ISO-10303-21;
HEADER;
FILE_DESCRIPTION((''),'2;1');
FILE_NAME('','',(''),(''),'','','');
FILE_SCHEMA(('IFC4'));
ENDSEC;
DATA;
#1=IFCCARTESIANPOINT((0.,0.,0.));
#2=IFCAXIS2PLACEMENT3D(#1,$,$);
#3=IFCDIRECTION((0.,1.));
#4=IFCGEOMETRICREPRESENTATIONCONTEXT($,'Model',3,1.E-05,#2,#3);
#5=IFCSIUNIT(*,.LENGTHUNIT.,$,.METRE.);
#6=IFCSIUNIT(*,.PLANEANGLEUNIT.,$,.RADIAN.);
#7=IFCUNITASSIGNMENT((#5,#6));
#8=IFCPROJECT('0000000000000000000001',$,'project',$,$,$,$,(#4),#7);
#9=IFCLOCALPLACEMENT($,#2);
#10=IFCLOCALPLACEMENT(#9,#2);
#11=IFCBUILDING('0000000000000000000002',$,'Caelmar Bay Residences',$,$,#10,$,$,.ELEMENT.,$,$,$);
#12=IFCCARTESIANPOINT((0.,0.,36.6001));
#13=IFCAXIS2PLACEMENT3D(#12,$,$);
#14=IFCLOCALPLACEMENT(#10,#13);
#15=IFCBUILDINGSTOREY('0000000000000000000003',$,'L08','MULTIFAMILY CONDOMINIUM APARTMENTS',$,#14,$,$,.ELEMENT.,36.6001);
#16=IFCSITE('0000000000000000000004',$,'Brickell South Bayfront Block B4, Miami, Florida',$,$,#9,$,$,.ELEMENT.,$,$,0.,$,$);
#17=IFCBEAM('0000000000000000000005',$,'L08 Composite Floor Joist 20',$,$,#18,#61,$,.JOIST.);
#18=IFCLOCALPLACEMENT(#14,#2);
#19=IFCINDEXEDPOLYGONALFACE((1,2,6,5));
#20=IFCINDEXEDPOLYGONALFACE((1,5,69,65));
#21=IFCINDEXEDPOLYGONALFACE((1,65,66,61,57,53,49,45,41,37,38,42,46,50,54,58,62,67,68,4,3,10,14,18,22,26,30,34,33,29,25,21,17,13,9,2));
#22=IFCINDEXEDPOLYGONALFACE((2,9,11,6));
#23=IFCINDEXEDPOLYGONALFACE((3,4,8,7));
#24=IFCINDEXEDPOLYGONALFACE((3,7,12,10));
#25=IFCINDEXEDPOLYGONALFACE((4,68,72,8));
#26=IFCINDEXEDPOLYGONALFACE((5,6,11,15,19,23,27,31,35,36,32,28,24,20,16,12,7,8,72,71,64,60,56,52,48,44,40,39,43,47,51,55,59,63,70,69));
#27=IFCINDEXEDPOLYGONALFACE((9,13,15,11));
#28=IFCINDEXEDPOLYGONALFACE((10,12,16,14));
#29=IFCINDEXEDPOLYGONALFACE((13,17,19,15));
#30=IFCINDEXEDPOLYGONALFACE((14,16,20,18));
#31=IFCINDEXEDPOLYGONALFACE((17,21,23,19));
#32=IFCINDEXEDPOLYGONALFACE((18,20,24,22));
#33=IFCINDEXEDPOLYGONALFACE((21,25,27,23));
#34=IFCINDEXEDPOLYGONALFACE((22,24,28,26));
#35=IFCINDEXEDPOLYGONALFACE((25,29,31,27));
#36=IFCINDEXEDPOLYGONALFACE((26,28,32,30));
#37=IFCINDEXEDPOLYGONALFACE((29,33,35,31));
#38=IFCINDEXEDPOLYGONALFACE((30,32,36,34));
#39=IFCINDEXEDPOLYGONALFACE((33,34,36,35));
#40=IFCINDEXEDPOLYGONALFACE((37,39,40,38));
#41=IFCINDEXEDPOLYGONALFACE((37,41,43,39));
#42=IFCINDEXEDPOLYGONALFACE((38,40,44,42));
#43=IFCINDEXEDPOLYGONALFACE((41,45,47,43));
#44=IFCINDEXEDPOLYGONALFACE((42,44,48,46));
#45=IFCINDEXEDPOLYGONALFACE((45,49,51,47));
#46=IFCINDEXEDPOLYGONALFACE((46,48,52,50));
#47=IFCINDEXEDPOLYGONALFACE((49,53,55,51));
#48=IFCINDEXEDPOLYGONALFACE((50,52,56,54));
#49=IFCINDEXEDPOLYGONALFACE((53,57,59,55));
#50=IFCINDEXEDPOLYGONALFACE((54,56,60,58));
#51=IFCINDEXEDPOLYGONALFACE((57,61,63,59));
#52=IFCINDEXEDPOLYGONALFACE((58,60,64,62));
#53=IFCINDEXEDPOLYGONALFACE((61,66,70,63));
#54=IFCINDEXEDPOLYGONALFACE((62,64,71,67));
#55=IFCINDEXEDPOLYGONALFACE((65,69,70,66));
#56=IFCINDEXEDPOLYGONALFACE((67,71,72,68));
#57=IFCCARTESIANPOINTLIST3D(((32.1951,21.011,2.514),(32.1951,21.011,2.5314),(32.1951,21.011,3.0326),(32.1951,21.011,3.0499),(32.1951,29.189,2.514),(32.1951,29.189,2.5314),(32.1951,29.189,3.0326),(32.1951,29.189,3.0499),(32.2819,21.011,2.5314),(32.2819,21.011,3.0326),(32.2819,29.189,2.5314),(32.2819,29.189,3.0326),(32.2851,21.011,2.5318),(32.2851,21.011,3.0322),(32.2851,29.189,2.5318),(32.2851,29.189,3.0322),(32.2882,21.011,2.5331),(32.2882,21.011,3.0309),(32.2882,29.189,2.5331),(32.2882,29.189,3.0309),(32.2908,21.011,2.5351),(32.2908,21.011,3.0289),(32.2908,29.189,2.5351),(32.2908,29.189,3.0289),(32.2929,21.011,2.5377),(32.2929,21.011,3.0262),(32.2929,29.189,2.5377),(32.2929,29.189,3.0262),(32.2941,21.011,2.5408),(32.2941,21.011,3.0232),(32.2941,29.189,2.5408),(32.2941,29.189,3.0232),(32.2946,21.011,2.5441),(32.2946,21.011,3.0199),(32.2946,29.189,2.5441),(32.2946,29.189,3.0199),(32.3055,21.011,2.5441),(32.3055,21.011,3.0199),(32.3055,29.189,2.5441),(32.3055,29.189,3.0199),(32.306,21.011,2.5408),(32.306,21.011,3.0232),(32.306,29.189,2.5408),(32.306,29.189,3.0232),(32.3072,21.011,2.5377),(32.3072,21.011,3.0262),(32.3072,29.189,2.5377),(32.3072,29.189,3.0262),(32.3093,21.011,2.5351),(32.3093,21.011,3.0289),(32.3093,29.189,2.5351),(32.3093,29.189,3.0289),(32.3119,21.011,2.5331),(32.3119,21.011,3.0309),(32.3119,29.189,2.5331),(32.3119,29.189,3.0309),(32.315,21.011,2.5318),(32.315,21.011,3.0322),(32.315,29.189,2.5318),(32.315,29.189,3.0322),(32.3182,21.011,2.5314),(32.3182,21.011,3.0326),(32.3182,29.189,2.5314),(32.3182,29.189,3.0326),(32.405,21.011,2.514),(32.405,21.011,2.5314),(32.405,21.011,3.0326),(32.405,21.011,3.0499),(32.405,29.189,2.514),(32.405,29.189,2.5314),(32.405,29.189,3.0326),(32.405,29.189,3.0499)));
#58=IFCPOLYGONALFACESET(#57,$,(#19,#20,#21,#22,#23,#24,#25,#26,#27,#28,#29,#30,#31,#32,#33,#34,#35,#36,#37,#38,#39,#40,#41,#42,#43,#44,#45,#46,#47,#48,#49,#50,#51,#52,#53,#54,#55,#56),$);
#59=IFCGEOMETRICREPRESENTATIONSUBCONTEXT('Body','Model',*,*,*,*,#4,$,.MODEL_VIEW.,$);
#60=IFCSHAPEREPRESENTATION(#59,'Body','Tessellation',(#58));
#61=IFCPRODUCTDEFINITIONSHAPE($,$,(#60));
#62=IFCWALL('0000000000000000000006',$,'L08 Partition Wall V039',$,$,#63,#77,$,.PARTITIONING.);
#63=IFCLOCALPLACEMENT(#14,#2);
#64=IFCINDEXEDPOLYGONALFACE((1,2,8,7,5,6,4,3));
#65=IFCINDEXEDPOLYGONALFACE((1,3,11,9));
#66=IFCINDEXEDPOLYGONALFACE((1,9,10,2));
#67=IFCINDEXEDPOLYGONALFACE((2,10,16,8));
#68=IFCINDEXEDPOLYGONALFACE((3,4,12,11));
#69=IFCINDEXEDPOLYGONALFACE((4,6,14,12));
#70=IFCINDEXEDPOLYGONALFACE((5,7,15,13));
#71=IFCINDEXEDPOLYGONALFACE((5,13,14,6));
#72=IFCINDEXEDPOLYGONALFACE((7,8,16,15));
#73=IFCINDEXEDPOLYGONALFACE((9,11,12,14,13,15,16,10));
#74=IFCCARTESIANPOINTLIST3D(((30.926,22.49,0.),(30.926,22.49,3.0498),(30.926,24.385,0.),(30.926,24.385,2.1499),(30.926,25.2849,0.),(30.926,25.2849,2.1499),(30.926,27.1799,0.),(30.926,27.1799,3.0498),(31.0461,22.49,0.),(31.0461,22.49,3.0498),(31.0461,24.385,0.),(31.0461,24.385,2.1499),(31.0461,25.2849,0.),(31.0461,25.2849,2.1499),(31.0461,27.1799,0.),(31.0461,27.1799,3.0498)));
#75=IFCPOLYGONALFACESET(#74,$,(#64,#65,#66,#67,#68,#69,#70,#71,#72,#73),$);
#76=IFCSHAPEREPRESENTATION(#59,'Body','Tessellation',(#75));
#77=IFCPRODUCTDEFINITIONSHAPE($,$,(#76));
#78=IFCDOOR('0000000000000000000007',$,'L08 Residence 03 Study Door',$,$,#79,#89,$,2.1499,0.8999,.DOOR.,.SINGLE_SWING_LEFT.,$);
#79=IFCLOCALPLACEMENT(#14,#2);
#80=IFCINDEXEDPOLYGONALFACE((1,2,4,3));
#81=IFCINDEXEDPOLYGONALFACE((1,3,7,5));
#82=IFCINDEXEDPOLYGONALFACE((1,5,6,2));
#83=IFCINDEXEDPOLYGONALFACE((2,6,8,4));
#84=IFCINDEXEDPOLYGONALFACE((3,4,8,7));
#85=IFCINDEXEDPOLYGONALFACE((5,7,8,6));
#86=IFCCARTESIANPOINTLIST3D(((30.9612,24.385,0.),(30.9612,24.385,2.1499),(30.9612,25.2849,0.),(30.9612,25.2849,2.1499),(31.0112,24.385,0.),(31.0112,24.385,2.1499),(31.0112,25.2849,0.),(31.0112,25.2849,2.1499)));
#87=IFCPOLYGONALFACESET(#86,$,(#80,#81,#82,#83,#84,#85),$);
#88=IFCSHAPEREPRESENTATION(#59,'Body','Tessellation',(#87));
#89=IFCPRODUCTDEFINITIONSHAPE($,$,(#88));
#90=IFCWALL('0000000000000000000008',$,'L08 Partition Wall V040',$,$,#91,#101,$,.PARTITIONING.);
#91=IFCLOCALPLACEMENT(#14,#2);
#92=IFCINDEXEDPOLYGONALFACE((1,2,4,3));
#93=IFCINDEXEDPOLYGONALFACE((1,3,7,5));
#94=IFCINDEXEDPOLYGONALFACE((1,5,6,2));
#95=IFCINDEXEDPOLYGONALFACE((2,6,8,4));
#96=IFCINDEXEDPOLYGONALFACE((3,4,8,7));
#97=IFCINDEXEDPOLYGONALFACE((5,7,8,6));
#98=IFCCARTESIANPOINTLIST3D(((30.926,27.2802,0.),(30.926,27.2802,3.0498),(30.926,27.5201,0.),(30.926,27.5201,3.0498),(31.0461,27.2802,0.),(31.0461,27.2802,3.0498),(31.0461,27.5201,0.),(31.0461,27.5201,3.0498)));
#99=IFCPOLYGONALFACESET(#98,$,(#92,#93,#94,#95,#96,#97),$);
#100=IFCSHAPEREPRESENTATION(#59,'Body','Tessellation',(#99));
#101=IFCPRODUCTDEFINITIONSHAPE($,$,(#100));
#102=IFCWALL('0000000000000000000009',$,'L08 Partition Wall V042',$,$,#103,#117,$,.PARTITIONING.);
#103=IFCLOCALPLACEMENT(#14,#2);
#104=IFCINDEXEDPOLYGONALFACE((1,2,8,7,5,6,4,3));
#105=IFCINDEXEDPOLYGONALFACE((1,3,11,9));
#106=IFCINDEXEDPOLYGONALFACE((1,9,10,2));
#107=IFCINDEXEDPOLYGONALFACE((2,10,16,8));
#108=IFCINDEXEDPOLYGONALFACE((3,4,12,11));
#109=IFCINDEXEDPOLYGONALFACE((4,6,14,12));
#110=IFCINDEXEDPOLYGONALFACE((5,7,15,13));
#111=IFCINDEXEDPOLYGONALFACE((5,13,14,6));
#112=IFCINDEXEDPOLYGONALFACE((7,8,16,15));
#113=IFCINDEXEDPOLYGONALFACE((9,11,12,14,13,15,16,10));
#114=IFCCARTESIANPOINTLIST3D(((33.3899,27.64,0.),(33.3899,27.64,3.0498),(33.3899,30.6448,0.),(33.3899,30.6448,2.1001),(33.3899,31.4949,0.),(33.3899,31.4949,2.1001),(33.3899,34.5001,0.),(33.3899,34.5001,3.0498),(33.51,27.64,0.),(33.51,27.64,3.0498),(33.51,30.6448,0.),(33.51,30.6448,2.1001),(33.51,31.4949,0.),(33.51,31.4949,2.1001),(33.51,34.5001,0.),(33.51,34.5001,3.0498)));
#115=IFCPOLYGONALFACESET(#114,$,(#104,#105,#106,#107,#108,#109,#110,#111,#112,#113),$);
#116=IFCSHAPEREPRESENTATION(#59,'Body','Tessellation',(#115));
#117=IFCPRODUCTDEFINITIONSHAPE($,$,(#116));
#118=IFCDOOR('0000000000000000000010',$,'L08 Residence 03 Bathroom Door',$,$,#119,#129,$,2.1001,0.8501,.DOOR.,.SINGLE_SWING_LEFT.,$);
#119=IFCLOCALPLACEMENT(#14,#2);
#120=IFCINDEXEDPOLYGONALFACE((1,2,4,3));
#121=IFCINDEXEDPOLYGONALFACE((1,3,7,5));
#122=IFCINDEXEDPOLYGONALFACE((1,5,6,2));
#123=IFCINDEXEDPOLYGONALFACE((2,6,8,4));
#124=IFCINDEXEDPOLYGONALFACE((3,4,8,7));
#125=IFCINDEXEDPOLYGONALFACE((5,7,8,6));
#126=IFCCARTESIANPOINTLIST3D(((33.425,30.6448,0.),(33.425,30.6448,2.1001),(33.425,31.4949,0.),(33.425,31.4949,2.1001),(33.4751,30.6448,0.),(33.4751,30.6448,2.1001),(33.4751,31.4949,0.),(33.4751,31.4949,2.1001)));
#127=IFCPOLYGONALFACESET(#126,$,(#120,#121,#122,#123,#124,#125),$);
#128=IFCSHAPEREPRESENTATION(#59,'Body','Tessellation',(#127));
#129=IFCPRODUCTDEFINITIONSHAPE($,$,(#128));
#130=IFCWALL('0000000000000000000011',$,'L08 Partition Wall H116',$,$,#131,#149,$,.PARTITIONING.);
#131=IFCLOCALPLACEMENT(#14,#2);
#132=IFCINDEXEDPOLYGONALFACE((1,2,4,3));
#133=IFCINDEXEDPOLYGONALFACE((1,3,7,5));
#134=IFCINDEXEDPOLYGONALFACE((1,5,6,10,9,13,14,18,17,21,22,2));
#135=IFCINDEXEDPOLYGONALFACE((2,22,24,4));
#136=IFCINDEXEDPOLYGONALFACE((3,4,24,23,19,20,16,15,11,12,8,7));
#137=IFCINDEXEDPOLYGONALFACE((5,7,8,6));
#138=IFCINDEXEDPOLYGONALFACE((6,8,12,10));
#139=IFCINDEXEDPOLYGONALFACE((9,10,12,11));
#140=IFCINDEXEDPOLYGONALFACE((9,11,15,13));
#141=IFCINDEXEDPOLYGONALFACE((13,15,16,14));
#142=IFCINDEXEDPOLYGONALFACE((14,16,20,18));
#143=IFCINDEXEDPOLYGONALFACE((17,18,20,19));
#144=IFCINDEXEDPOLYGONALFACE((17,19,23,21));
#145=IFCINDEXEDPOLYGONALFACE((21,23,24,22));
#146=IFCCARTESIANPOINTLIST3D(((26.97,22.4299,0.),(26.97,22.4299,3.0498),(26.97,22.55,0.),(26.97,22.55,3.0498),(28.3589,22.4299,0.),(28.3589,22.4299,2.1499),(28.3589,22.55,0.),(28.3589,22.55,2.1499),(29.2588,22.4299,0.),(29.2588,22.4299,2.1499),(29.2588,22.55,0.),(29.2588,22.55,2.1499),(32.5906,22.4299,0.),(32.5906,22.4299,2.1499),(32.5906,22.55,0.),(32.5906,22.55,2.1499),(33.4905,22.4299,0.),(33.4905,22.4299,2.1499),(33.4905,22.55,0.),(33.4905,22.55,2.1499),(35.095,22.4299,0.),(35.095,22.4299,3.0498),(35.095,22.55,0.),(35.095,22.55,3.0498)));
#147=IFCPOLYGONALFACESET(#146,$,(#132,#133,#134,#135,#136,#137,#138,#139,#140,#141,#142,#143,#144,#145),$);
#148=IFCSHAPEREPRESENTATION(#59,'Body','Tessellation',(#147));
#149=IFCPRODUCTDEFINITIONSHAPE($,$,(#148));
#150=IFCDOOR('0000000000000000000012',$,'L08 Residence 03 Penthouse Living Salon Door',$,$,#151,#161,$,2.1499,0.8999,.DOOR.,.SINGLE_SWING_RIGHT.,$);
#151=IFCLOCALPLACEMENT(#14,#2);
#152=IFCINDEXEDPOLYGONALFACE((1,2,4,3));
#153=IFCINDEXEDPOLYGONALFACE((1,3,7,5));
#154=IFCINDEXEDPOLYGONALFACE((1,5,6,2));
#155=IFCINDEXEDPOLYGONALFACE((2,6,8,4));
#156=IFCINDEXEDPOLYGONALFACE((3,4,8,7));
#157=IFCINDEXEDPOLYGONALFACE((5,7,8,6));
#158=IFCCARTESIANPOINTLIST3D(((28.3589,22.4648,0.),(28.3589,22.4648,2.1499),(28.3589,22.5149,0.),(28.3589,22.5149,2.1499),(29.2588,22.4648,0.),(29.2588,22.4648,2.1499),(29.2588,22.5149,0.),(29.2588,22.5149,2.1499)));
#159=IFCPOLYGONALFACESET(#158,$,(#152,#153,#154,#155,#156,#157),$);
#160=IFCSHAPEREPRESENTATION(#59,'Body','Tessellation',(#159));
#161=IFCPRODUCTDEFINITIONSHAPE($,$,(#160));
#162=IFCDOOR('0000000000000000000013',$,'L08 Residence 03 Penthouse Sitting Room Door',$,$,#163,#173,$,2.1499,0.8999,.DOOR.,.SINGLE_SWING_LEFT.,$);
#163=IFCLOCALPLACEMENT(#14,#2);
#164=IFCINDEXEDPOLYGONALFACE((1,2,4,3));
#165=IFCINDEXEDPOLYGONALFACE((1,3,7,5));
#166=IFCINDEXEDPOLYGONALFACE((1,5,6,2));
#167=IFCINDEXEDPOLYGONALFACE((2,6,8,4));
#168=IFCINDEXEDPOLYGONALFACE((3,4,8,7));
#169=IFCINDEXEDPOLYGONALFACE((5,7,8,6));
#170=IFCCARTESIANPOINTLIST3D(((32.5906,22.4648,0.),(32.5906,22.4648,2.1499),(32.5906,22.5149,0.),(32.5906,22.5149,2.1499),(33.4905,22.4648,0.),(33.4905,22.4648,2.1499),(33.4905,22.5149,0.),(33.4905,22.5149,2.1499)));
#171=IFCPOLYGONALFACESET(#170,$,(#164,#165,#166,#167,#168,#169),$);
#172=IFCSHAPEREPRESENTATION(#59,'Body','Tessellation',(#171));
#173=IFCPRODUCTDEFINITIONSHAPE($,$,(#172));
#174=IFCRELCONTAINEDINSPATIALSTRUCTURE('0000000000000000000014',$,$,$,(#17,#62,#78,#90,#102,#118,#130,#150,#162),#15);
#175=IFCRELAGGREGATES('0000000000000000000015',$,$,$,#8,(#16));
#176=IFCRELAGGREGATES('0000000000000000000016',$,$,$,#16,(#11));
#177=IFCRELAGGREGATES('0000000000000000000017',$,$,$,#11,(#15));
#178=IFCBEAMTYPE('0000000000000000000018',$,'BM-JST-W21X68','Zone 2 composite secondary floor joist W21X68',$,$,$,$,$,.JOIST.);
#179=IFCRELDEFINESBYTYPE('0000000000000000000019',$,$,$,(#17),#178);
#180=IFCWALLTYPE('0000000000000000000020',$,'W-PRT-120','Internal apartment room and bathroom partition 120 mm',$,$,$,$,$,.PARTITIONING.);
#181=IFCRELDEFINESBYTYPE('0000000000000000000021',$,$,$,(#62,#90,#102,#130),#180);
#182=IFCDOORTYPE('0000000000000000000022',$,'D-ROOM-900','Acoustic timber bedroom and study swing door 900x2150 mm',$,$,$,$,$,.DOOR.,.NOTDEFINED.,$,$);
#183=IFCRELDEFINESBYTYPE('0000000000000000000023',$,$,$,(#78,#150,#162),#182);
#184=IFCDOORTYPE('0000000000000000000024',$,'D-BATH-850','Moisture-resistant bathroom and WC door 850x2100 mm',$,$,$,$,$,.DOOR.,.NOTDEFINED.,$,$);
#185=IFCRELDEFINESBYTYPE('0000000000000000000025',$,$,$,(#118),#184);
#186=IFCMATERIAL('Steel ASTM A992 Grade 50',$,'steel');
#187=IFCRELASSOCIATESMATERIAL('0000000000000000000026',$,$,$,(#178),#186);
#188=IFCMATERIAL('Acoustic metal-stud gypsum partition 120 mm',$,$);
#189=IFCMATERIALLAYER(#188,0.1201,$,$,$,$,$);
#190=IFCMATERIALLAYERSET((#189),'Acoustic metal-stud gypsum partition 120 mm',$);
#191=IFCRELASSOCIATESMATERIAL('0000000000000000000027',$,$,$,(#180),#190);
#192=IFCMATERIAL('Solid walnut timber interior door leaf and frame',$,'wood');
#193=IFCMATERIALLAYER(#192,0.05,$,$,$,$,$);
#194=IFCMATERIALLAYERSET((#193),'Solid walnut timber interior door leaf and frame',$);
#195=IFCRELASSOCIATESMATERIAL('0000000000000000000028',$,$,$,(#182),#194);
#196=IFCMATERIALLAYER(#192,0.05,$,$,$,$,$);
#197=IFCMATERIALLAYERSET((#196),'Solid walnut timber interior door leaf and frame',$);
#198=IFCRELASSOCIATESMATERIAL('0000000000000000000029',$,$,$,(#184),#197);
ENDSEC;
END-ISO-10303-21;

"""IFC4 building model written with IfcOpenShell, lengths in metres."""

from ifc_helpers import new_model, si_unit, direction, frame, frame_2d, origin, origin_2d, place, context, subcontext, project, spatial, rectangle, i_section, extrude, material, layer, layer_set, material_profile, profile_set, type_object, element, fill, save


model = new_model("IFC4")

# Units and contexts
model_context = context("Model", 3, precision=1e-05, world=origin(), true_north=direction((0.0, 1.0)))
body_context = subcontext(model_context, "Body", "Model", "MODEL_VIEW")
ifc_project = project(units=[si_unit("LENGTHUNIT", "METRE"), si_unit("PLANEANGLEUNIT", "RADIAN")], contexts=[model_context])

# Site, building, storey
site_placement = place(None, origin())
site = spatial("IfcSite", under=ifc_project, at=site_placement, Name="Brickell South Bayfront Block B4, Miami, Florida", CompositionType="ELEMENT", RefElevation=0.0)
building_placement = place(site_placement, origin())
building = spatial("IfcBuilding", under=site, at=building_placement, Name="Caelmar Bay Residences", CompositionType="ELEMENT")
storey_placement = place(building_placement, frame((0.0, 0.0, 36.6001)))
storey = spatial("IfcBuildingStorey", under=building, at=storey_placement, Name="L08", Description="MULTIFAMILY CONDOMINIUM APARTMENTS", CompositionType="ELEMENT", Elevation=36.6001)

# Beam
ifc_material_1 = material(Name="Steel ASTM A992 Grade 50", Category="steel")
ifc_material_profile_1 = material_profile(ifc_material_1, i_section(OverallWidth=0.21, OverallDepth=0.5359, WebThickness=0.011, FlangeThickness=0.0173, FilletRadius=0.0127, at=origin_2d()), Name="W21X68")
ifc_profile_set_1 = profile_set([ifc_material_profile_1], Name="Steel ASTM A992 Grade 50")
beam_type_1 = type_object("IfcBeamType", Name="BM-JST-W21X68", Description="Zone 2 composite secondary floor joist W21X68", PredefinedType="JOIST", material=ifc_profile_set_1)
beam_1_placement = place(storey_placement, frame((32.3, 21.011, 2.782), z_axis=(0.0, 1.0, 0.0), x_axis=(-1.0, 0.0, 0.0)))
element("IfcBeam", 1, at=beam_1_placement, inside=storey, type_object=beam_type_1, Name="L08 Composite Floor Joist 20", PredefinedType="JOIST", context=body_context, shape_type="SweptSolid", body=[
    extrude(i_section(OverallWidth=0.21, OverallDepth=0.5359, WebThickness=0.011, FlangeThickness=0.0173, FilletRadius=0.0127, at=origin_2d()), origin(), (0.0, 0.0, 1.0), 8.178),
])

# Wall, opening, door
ifc_material_2 = material(Name="Acoustic metal-stud gypsum partition 120 mm")
ifc_layer_1 = layer(ifc_material_2, 0.1201)
ifc_layer_set_1 = layer_set([ifc_layer_1], Name="Acoustic metal-stud gypsum partition 120 mm")
wall_type_1 = type_object("IfcWallType", Name="W-PRT-120", Description="Internal apartment room and bathroom partition 120 mm", PredefinedType="PARTITIONING", material=ifc_layer_set_1)
wall_1_placement = place(storey_placement, frame((30.9861, 22.49, 0.0), z_axis=(0.0, 0.0, 1.0), x_axis=(0.0, 1.0, 0.0)))
wall_1 = element("IfcWall", 2, at=wall_1_placement, inside=storey, type_object=wall_type_1, Name="L08 Partition Wall V039", PredefinedType="PARTITIONING", context=body_context, shape_type="SweptSolid", body=[
    extrude(rectangle(XDim=4.6899, YDim=0.1201, at=frame_2d((2.345, 0.0))), origin(), (0.0, 0.0, 1.0), 3.0498),
])
opening_1_placement = place(wall_1_placement, frame((1.895, 0.0, 0.0)))
opening_1 = element("IfcOpeningElement", 3, at=opening_1_placement, cuts=wall_1, PredefinedType="OPENING", context=body_context, shape_type="SweptSolid", body=[
    extrude(rectangle(XDim=0.8999, YDim=2.1499, at=frame_2d((0.45, 1.075))), frame((0.0, 0.0701, 0.0), z_axis=(0.0, -1.0, 0.0), x_axis=(1.0, 0.0, 0.0)), (0.0, 0.0, 1.0), 0.1401),
])
ifc_material_3 = material(Name="Solid walnut timber interior door leaf and frame", Category="wood")
ifc_layer_2 = layer(ifc_material_3, 0.05)
ifc_layer_set_2 = layer_set([ifc_layer_2], Name="Solid walnut timber interior door leaf and frame")
door_type_1 = type_object("IfcDoorType", Name="D-ROOM-900", Description="Acoustic timber bedroom and study swing door 900x2150 mm", OperationType="NOTDEFINED", PredefinedType="DOOR", material=ifc_layer_set_2)
door_1_placement = place(opening_1_placement, origin())
door_1 = element("IfcDoor", 4, at=door_1_placement, inside=storey, type_object=door_type_1, Name="L08 Residence 03 Study Door", OperationType="SINGLE_SWING_LEFT", OverallHeight=2.1499, OverallWidth=0.8999, PredefinedType="DOOR", context=body_context, shape_type="SweptSolid", body=[
    extrude(rectangle(XDim=0.8999, YDim=2.1499, at=frame_2d((0.45, 1.075))), frame((0.0, 0.0249, 0.0), z_axis=(0.0, -1.0, 0.0), x_axis=(1.0, 0.0, 0.0)), (0.0, 0.0, 1.0), 0.05),
])
fill(opening_1, door_1)

# Wall
wall_2_placement = place(storey_placement, frame((30.9861, 27.28, 0.0), z_axis=(0.0, 0.0, 1.0), x_axis=(0.0, 1.0, 0.0)))
element("IfcWall", 5, at=wall_2_placement, inside=storey, type_object=wall_type_1, Name="L08 Partition Wall V040", PredefinedType="PARTITIONING", context=body_context, shape_type="SweptSolid", body=[
    extrude(rectangle(XDim=0.24, YDim=0.1201, at=frame_2d((0.1201, 0.0))), origin(), (0.0, 0.0, 1.0), 3.0498),
])

# Wall, opening, door
wall_3_placement = place(storey_placement, frame((33.45, 27.6399, 0.0), z_axis=(0.0, 0.0, 1.0), x_axis=(0.0, 1.0, 0.0)))
wall_3 = element("IfcWall", 6, at=wall_3_placement, inside=storey, type_object=wall_type_1, Name="L08 Partition Wall V042", PredefinedType="PARTITIONING", context=body_context, shape_type="SweptSolid", body=[
    extrude(rectangle(XDim=6.8601, YDim=0.1201, at=frame_2d((3.4302, 0.0))), origin(), (0.0, 0.0, 1.0), 3.0498),
])
opening_2_placement = place(wall_3_placement, frame((3.0049, 0.0, 0.0)))
opening_2 = element("IfcOpeningElement", 7, at=opening_2_placement, cuts=wall_3, PredefinedType="OPENING", context=body_context, shape_type="SweptSolid", body=[
    extrude(rectangle(XDim=0.8501, YDim=2.1001, at=frame_2d((0.425, 1.05))), frame((0.0, 0.0701, 0.0), z_axis=(0.0, -1.0, 0.0), x_axis=(1.0, 0.0, 0.0)), (0.0, 0.0, 1.0), 0.1401),
])
ifc_layer_3 = layer(ifc_material_3, 0.05)
ifc_layer_set_3 = layer_set([ifc_layer_3], Name="Solid walnut timber interior door leaf and frame")
door_type_2 = type_object("IfcDoorType", Name="D-BATH-850", Description="Moisture-resistant bathroom and WC door 850x2100 mm", OperationType="NOTDEFINED", PredefinedType="DOOR", material=ifc_layer_set_3)
door_2_placement = place(opening_2_placement, origin())
door_2 = element("IfcDoor", 8, at=door_2_placement, inside=storey, type_object=door_type_2, Name="L08 Residence 03 Bathroom Door", OperationType="SINGLE_SWING_LEFT", OverallHeight=2.1001, OverallWidth=0.8501, PredefinedType="DOOR", context=body_context, shape_type="SweptSolid", body=[
    extrude(rectangle(XDim=0.8501, YDim=2.1001, at=frame_2d((0.425, 1.05))), frame((0.0, 0.0249, 0.0), z_axis=(0.0, -1.0, 0.0), x_axis=(1.0, 0.0, 0.0)), (0.0, 0.0, 1.0), 0.05),
])
fill(opening_2, door_2)

# Wall, openings, doors
wall_4_placement = place(storey_placement, frame((26.97, 22.49, 0.0), z_axis=(0.0, 0.0, 1.0), x_axis=(1.0, 0.0, 0.0)))
wall_4 = element("IfcWall", 9, at=wall_4_placement, inside=storey, type_object=wall_type_1, Name="L08 Partition Wall H116", PredefinedType="PARTITIONING", context=body_context, shape_type="SweptSolid", body=[
    extrude(rectangle(XDim=8.125, YDim=0.1201, at=frame_2d((4.0625, 0.0))), origin(), (0.0, 0.0, 1.0), 3.0498),
])
opening_3_placement = place(wall_4_placement, frame((1.3889, 0.0, 0.0)))
opening_3 = element("IfcOpeningElement", 10, at=opening_3_placement, cuts=wall_4, PredefinedType="OPENING", context=body_context, shape_type="SweptSolid", body=[
    extrude(rectangle(XDim=0.8999, YDim=2.1499, at=frame_2d((0.45, 1.075))), frame((0.0, 0.0701, 0.0), z_axis=(0.0, -1.0, 0.0), x_axis=(1.0, 0.0, 0.0)), (0.0, 0.0, 1.0), 0.1401),
])
opening_4_placement = place(wall_4_placement, frame((5.6206, 0.0, 0.0)))
opening_4 = element("IfcOpeningElement", 11, at=opening_4_placement, cuts=wall_4, PredefinedType="OPENING", context=body_context, shape_type="SweptSolid", body=[
    extrude(rectangle(XDim=0.8999, YDim=2.1499, at=frame_2d((0.45, 1.075))), frame((0.0, 0.0701, 0.0), z_axis=(0.0, -1.0, 0.0), x_axis=(1.0, 0.0, 0.0)), (0.0, 0.0, 1.0), 0.1401),
])
door_3_placement = place(opening_3_placement, origin())
door_3 = element("IfcDoor", 12, at=door_3_placement, inside=storey, type_object=door_type_1, Name="L08 Residence 03 Penthouse Living Salon Door", OperationType="SINGLE_SWING_RIGHT", OverallHeight=2.1499, OverallWidth=0.8999, PredefinedType="DOOR", context=body_context, shape_type="SweptSolid", body=[
    extrude(rectangle(XDim=0.8999, YDim=2.1499, at=frame_2d((0.45, 1.075))), frame((0.0, 0.0249, 0.0), z_axis=(0.0, -1.0, 0.0), x_axis=(1.0, 0.0, 0.0)), (0.0, 0.0, 1.0), 0.05),
])
fill(opening_3, door_3)
door_4_placement = place(opening_4_placement, origin())
door_4 = element("IfcDoor", 13, at=door_4_placement, inside=storey, type_object=door_type_1, Name="L08 Residence 03 Penthouse Sitting Room Door", OperationType="SINGLE_SWING_LEFT", OverallHeight=2.1499, OverallWidth=0.8999, PredefinedType="DOOR", context=body_context, shape_type="SweptSolid", body=[
    extrude(rectangle(XDim=0.8999, YDim=2.1499, at=frame_2d((0.45, 1.075))), frame((0.0, 0.0249, 0.0), z_axis=(0.0, -1.0, 0.0), x_axis=(1.0, 0.0, 0.0)), (0.0, 0.0, 1.0), 0.05),
])
fill(opening_4, door_4)

save(model, "model.ifc")
